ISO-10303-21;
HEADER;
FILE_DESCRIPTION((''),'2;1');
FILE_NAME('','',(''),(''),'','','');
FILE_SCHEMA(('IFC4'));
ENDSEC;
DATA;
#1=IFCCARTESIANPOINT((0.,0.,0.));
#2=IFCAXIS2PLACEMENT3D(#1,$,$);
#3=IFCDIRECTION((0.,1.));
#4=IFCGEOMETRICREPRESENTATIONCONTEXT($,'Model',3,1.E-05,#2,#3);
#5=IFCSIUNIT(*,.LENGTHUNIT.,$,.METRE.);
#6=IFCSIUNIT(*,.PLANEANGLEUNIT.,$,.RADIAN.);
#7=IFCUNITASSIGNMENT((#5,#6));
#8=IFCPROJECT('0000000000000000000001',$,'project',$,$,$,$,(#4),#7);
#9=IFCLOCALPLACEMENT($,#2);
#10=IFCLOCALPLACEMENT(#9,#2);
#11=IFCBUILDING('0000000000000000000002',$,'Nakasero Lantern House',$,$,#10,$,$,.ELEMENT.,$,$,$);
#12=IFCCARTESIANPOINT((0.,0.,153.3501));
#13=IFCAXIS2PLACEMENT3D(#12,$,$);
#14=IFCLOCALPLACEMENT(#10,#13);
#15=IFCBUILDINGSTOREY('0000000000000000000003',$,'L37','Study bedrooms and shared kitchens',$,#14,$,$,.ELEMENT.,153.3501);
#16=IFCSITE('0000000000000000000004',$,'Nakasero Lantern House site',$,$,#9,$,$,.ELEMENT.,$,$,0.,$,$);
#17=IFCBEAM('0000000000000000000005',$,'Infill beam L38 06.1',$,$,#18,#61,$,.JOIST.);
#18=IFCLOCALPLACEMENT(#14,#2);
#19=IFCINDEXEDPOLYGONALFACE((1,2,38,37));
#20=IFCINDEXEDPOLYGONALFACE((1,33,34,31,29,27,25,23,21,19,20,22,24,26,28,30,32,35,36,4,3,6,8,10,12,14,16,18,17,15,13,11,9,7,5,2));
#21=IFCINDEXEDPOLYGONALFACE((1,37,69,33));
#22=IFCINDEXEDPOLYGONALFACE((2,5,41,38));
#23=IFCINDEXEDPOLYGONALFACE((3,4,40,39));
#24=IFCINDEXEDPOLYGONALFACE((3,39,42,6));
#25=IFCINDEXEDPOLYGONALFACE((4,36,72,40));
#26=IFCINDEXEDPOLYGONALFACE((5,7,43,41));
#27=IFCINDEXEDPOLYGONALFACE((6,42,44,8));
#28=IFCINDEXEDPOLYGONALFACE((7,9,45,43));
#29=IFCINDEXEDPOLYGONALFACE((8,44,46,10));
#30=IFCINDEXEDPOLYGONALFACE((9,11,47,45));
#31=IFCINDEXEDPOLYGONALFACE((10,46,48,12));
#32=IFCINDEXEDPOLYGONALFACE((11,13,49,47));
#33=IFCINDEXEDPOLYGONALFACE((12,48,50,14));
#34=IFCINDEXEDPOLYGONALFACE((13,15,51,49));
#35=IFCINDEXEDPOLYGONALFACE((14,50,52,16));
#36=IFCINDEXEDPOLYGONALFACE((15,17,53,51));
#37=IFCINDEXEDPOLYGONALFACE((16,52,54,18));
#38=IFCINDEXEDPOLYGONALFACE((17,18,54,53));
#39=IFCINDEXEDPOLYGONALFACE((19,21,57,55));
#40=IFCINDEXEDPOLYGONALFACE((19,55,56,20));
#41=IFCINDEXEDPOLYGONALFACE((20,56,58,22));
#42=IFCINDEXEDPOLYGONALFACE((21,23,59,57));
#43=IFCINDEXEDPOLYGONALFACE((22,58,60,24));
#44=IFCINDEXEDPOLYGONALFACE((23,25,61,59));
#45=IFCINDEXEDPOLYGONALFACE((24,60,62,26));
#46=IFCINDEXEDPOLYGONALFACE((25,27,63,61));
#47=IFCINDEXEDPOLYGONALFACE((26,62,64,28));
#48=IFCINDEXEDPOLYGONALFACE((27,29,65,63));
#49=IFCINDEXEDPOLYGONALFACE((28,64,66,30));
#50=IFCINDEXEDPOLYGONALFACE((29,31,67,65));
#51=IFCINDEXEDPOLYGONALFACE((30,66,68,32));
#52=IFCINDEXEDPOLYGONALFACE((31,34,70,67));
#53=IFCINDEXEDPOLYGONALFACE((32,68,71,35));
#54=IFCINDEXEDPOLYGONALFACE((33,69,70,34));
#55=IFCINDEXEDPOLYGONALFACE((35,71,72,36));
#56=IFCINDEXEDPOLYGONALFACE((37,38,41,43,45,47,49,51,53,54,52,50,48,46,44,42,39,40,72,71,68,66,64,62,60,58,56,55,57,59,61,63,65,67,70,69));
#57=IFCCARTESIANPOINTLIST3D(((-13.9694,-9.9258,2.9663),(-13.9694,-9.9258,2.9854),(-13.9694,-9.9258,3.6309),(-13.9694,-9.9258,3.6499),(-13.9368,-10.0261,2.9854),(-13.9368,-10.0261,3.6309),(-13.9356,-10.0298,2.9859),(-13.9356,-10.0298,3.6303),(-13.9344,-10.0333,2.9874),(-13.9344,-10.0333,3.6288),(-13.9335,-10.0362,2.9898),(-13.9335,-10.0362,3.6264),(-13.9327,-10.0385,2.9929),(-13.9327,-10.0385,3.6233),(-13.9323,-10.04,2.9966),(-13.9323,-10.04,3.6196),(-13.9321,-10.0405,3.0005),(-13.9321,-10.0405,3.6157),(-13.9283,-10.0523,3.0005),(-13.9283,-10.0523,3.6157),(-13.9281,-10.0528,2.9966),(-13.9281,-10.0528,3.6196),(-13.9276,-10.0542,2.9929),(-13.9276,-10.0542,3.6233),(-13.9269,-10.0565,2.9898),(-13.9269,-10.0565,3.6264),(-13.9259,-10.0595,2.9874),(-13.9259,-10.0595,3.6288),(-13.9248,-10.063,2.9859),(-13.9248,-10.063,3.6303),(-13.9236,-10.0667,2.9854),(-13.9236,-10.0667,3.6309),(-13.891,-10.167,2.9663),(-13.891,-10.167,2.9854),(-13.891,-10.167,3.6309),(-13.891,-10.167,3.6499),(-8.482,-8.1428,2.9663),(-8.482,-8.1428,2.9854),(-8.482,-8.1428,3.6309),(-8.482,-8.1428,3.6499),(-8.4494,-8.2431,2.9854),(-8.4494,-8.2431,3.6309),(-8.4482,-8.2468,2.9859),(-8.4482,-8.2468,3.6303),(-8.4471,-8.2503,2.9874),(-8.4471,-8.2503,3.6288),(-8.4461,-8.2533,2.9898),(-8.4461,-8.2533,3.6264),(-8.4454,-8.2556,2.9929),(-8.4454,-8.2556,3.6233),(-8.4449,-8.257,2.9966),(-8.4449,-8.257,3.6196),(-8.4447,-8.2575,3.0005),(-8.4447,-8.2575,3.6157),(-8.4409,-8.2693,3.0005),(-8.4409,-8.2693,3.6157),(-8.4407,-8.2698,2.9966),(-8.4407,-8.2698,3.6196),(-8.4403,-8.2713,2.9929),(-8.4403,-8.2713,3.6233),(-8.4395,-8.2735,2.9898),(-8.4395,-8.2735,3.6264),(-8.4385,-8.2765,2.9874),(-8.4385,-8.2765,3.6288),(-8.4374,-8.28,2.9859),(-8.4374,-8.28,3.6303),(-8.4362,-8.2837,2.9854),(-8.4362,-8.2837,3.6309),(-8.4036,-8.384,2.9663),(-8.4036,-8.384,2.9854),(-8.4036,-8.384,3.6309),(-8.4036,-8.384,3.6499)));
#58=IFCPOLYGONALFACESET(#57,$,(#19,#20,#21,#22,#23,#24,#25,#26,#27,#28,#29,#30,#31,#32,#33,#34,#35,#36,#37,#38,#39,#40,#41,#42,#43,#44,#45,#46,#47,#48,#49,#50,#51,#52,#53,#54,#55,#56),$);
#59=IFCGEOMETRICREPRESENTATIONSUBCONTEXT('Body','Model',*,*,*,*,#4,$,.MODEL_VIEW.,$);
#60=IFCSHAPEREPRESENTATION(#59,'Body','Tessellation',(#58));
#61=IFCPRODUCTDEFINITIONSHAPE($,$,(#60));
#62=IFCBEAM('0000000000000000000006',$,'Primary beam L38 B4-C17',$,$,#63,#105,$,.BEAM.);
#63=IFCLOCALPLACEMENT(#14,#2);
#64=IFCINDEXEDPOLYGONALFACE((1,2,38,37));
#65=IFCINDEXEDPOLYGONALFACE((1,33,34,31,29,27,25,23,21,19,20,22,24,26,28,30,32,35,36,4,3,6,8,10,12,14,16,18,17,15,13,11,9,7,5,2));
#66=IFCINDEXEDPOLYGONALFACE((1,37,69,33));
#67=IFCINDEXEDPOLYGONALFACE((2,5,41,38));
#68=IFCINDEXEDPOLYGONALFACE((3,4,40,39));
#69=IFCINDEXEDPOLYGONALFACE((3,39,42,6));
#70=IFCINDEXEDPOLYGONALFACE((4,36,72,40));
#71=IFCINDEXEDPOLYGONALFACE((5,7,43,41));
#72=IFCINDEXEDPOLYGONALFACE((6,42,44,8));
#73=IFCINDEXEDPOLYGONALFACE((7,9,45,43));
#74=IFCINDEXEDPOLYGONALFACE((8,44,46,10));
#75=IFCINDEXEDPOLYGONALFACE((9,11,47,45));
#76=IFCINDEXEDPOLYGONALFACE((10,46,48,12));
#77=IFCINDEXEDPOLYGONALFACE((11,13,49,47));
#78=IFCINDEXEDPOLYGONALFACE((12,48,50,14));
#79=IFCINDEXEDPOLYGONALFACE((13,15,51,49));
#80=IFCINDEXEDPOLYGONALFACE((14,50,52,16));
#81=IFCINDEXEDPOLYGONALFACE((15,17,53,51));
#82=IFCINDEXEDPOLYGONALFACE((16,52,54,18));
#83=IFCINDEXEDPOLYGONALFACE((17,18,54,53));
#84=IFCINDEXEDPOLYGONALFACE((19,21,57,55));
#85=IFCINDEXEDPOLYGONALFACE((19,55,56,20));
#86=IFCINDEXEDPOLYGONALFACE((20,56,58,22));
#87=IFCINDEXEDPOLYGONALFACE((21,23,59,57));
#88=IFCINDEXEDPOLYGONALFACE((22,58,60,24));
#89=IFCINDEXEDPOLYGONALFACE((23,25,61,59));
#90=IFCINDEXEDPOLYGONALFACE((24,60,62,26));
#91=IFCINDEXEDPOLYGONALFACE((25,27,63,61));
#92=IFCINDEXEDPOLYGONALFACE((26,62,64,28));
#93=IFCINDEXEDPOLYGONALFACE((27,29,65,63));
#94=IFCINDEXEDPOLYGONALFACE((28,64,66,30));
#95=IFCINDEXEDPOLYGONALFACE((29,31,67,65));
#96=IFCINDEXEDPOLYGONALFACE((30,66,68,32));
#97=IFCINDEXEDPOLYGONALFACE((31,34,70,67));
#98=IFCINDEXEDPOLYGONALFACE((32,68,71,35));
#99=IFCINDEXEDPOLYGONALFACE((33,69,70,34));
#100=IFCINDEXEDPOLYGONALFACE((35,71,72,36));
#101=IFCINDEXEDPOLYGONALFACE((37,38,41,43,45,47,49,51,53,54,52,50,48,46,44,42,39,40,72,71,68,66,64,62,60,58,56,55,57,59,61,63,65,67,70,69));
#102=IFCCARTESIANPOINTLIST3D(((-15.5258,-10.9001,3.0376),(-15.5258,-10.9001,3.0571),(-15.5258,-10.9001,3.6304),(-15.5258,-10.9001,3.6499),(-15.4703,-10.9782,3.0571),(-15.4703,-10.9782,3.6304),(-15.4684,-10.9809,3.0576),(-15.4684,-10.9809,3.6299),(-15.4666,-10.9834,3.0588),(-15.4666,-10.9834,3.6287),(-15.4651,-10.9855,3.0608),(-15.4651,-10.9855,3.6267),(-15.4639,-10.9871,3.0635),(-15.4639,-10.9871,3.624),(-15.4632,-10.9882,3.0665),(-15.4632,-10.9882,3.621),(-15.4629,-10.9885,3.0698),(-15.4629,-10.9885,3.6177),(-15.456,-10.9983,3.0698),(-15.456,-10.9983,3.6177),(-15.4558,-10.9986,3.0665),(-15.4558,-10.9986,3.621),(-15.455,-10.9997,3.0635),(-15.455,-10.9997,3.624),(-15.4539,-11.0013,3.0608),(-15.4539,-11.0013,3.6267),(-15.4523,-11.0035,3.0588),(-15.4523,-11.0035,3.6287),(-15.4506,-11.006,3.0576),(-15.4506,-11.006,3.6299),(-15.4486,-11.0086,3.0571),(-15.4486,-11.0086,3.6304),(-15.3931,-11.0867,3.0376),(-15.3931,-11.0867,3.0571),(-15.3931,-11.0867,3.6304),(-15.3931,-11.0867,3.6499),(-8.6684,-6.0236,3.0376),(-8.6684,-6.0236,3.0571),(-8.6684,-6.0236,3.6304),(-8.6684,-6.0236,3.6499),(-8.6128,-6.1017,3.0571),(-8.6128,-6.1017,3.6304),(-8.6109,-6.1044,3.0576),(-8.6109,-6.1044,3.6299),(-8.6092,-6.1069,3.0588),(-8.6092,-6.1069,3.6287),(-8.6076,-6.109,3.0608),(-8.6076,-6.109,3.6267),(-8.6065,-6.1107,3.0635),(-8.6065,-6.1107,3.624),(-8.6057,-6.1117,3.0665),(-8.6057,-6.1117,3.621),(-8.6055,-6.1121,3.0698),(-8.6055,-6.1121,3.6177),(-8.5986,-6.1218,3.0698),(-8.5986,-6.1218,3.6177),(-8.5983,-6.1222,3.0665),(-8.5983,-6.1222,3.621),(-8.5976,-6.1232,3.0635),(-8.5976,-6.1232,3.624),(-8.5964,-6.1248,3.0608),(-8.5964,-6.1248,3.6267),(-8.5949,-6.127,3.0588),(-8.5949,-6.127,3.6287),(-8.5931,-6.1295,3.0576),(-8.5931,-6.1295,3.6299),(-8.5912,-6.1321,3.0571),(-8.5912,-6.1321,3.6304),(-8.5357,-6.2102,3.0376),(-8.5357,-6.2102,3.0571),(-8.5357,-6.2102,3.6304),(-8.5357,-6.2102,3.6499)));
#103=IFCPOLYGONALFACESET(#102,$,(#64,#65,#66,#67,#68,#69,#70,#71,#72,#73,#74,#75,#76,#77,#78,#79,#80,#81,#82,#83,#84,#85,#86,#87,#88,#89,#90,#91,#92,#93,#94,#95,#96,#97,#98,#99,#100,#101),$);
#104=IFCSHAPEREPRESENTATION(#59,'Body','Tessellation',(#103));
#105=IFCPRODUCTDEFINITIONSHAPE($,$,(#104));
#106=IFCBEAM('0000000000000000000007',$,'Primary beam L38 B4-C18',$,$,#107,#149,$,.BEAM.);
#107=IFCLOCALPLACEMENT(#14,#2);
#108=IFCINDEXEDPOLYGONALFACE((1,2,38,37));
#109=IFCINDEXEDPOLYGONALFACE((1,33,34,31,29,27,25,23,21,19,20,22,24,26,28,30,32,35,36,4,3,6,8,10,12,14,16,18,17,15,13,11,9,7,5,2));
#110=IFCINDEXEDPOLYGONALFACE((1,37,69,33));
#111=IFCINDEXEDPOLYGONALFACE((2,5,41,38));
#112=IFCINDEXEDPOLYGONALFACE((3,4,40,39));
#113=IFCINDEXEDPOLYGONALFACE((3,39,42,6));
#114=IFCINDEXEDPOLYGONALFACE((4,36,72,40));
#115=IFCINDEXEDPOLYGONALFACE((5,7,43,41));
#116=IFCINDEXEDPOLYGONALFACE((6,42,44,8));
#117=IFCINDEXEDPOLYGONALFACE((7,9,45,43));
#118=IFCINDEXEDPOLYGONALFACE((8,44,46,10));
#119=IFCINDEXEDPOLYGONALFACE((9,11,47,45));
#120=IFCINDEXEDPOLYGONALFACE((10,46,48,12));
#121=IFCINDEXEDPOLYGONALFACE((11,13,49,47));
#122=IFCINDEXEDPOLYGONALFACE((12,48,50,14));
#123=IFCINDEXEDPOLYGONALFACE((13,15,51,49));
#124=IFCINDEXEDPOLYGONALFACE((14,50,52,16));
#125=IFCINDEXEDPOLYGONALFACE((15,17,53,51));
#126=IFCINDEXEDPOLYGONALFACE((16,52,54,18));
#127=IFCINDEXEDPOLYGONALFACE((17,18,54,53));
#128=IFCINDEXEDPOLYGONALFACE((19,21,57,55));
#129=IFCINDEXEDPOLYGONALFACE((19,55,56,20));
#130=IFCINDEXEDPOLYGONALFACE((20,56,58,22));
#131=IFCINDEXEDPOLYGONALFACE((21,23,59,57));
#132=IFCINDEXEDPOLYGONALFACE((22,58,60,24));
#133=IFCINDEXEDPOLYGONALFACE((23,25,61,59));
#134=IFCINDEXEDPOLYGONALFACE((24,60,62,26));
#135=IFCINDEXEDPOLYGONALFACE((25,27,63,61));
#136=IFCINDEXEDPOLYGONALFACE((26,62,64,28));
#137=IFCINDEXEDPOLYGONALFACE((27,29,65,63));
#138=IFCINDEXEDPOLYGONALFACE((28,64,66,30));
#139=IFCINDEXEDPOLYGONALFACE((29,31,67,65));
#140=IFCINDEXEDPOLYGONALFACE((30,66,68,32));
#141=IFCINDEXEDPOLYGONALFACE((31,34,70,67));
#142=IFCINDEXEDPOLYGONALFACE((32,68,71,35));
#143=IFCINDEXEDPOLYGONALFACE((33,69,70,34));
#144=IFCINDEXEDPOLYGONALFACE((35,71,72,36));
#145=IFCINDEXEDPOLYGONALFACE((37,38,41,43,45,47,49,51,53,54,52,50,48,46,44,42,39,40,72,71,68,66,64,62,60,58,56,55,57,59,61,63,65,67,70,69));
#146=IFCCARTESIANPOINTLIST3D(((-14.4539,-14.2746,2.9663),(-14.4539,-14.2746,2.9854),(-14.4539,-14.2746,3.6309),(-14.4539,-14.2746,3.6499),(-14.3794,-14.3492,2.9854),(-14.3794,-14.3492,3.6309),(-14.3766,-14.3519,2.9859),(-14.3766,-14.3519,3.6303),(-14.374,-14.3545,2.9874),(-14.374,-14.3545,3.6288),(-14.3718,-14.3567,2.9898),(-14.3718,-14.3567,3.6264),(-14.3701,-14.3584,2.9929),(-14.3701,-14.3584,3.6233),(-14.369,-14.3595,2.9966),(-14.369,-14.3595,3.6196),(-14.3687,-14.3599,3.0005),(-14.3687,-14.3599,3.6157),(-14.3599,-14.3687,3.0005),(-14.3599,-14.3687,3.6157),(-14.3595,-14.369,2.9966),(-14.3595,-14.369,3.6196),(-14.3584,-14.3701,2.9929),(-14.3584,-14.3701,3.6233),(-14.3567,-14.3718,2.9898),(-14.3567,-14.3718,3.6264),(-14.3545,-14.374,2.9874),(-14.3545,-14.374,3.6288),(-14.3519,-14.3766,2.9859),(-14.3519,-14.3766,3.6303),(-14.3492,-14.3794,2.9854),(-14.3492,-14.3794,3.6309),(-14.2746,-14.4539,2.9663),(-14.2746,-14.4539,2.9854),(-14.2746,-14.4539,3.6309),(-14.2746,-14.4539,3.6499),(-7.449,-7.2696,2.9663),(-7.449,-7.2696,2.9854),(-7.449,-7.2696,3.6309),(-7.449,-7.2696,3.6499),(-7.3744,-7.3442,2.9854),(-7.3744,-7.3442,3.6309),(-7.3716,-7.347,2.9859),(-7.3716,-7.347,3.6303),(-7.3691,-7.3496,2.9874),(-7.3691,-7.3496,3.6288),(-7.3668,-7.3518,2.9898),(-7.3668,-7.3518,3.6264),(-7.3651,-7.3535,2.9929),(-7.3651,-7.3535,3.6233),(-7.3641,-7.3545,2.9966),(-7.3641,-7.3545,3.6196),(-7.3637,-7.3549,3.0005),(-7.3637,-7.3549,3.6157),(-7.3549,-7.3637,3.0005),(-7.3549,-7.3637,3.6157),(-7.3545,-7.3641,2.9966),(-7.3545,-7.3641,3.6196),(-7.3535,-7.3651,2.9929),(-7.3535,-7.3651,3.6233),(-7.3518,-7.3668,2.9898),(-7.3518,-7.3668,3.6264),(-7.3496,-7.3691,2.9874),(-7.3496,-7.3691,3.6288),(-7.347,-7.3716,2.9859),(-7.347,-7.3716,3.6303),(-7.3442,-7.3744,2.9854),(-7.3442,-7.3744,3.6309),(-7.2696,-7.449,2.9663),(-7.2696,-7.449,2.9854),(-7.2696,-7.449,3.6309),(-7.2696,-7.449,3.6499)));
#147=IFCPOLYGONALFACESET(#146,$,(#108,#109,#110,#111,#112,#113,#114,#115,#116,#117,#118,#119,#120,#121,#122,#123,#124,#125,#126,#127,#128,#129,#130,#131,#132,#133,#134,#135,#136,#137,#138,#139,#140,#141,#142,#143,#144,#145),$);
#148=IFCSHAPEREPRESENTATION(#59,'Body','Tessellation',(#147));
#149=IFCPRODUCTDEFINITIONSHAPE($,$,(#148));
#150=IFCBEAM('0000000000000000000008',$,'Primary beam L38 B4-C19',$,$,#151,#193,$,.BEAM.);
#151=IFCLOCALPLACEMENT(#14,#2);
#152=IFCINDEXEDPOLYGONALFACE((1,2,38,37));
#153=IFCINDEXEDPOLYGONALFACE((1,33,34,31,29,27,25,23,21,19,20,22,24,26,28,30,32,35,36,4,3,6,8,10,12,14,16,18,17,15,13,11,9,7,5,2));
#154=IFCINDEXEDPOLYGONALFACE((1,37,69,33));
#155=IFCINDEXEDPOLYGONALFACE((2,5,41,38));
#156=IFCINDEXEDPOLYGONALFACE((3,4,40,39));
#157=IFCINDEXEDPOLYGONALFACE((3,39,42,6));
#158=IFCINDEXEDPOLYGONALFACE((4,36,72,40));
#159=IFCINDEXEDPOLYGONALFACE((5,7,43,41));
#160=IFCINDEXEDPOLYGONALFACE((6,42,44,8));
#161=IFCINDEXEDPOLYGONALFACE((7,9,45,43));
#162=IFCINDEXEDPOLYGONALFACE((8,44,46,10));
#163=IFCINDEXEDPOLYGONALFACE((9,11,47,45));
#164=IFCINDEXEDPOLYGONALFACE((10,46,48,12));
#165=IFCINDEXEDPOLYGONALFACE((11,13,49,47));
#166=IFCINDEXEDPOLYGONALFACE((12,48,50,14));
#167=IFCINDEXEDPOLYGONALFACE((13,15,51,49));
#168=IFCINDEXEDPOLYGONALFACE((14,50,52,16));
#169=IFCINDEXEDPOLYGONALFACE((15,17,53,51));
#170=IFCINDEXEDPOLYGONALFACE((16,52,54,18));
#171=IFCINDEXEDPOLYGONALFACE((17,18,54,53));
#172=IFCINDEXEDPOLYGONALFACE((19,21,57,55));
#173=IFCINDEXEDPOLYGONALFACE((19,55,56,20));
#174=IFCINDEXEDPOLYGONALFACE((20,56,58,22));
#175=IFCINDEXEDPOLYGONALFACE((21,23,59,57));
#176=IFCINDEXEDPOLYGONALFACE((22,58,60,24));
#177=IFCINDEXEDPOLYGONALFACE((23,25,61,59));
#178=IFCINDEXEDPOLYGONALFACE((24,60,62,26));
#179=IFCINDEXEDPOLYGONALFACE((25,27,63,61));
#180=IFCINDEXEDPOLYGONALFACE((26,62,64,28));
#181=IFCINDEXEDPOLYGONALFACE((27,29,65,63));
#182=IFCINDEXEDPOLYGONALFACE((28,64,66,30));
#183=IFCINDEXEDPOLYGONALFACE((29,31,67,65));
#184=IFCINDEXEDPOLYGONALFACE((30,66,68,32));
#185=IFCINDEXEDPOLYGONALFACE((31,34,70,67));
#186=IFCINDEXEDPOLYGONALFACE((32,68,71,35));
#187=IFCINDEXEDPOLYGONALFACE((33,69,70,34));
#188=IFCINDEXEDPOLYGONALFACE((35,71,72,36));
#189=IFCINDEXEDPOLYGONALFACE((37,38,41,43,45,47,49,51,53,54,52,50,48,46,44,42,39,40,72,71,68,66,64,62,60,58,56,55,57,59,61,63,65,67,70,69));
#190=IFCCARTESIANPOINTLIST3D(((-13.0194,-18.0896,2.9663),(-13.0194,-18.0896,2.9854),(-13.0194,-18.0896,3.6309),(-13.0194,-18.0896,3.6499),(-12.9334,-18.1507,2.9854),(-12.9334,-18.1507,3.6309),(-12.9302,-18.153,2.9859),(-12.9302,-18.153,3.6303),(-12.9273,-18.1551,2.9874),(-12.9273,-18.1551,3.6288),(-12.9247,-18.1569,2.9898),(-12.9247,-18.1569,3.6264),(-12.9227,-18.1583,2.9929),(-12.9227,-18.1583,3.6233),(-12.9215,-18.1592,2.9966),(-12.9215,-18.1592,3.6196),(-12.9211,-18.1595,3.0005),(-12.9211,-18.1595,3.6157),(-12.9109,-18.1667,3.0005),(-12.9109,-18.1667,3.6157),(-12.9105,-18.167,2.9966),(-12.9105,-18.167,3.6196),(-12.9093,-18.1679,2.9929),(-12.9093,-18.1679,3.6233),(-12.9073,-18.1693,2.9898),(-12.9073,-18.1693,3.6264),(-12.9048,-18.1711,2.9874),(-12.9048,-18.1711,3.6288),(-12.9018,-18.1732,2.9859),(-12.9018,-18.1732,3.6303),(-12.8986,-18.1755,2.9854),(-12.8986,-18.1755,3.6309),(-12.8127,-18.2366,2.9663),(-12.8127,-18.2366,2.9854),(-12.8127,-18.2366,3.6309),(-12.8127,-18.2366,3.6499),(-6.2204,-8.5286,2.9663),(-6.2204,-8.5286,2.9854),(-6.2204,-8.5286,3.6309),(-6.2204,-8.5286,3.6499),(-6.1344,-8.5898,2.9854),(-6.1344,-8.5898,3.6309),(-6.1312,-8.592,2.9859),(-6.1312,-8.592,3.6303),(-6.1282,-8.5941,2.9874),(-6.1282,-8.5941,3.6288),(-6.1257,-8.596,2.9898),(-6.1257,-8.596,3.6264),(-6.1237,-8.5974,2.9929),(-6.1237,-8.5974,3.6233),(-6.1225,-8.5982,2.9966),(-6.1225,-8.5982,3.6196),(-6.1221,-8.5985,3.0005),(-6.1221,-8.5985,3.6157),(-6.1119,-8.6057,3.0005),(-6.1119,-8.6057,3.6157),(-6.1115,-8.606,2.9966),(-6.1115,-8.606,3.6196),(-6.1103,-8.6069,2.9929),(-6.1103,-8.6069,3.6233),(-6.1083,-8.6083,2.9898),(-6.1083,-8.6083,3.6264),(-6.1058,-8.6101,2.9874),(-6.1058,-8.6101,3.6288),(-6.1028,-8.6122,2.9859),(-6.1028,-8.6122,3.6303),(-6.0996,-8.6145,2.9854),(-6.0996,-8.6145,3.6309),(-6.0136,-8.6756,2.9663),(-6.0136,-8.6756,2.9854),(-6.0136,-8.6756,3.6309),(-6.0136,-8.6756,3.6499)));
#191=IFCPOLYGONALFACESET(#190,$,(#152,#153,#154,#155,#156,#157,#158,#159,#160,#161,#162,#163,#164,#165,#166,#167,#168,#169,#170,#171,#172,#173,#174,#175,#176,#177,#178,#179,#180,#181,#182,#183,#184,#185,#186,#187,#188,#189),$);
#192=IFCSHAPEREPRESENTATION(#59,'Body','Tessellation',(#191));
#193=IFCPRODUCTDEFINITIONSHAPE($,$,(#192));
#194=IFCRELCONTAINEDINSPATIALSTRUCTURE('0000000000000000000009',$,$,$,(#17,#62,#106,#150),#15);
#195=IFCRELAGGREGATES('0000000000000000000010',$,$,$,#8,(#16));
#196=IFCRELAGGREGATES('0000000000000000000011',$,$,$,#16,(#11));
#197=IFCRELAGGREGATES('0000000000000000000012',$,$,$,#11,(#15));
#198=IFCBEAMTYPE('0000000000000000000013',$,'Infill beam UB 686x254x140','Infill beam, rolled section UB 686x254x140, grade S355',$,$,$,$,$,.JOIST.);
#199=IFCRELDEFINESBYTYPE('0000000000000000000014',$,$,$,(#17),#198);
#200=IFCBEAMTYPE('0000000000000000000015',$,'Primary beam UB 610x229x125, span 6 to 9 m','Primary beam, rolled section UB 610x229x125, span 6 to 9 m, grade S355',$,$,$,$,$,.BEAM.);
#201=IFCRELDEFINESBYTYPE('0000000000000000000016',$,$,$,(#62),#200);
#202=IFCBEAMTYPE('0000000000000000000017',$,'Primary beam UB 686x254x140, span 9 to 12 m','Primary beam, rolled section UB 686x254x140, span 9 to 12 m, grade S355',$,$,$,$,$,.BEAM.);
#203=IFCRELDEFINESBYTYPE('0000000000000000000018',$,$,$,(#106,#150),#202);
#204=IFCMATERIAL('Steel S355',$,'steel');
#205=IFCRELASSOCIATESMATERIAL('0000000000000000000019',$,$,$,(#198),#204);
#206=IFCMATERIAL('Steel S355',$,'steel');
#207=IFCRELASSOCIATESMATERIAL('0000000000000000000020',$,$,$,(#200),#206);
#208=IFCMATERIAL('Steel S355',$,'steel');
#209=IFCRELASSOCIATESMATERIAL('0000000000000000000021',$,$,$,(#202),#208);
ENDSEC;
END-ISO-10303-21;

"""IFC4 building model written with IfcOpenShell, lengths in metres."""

from ifc_helpers import new_model, si_unit, direction, frame, origin, origin_2d, place, context, subcontext, project, spatial, i_section, extrude, material, material_profile, profile_set, type_object, element, save


model = new_model("IFC4")

# Units and contexts
model_context = context("Model", 3, precision=1e-05, world=origin(), true_north=direction((0.0, 1.0)))
body_context = subcontext(model_context, "Body", "Model", "MODEL_VIEW")
ifc_project = project(units=[si_unit("LENGTHUNIT", "METRE"), si_unit("PLANEANGLEUNIT", "RADIAN")], contexts=[model_context])

# Site, building, storey
site_placement = place(None, origin())
site = spatial("IfcSite", under=ifc_project, at=site_placement, Name="Nakasero Lantern House site", CompositionType="ELEMENT", RefElevation=0.0)
building_placement = place(site_placement, origin())
building = spatial("IfcBuilding", under=site, at=building_placement, Name="Nakasero Lantern House", CompositionType="ELEMENT")
storey_placement = place(building_placement, frame((0.0, 0.0, 153.3501)))
storey = spatial("IfcBuildingStorey", under=building, at=storey_placement, Name="L37", Description="Study bedrooms and shared kitchens", CompositionType="ELEMENT", Elevation=153.3501)

# Beams
ifc_material_1 = material(Name="Steel S355", Category="steel")
ifc_material_profile_1 = material_profile(ifc_material_1, i_section(OverallWidth=0.2537, OverallDepth=0.6836, WebThickness=0.0125, FlangeThickness=0.019, FilletRadius=0.0151, at=origin_2d()), Name="UB 686x254x140")
ifc_profile_set_1 = profile_set([ifc_material_profile_1], Name="Steel S355")
beam_type_1 = type_object("IfcBeamType", Name="Infill beam UB 686x254x140", Description="Infill beam, rolled section UB 686x254x140, grade S355", PredefinedType="JOIST", material=ifc_profile_set_1)
beam_1_placement = place(storey_placement, frame((-13.9302, -10.0464, 3.3081), z_axis=(0.951055, 0.309021, 0.0), x_axis=(-0.309021, 0.951055, 0.0)))
element("IfcBeam", 1, at=beam_1_placement, inside=storey, type_object=beam_type_1, Name="Infill beam L38 06.1", PredefinedType="JOIST", context=body_context, shape_type="SweptSolid", body=[
    extrude(i_section(OverallWidth=0.2537, OverallDepth=0.6836, WebThickness=0.0125, FlangeThickness=0.019, FilletRadius=0.0151, at=origin_2d()), origin(), (0.0, 0.0, 1.0), 5.7698),
])
ifc_material_2 = material(Name="Steel S355", Category="steel")
ifc_material_profile_2 = material_profile(ifc_material_2, i_section(OverallWidth=0.229, OverallDepth=0.6123, WebThickness=0.012, FlangeThickness=0.0195, FilletRadius=0.0127, at=origin_2d()), Name="UB 610x229x125")
ifc_profile_set_2 = profile_set([ifc_material_profile_2], Name="Steel S355")
beam_type_2 = type_object("IfcBeamType", Name="Primary beam UB 610x229x125, span 6 to 9 m", Description="Primary beam, rolled section UB 610x229x125, span 6 to 9 m, grade S355", PredefinedType="BEAM", material=ifc_profile_set_2)
beam_2_placement = place(storey_placement, frame((-15.4595, -10.9934, 3.3438), z_axis=(0.814951, 0.57953, 0.0), x_axis=(-0.57953, 0.814951, 0.0)))
element("IfcBeam", 2, at=beam_2_placement, inside=storey, type_object=beam_type_2, Name="Primary beam L38 B4-C17", PredefinedType="BEAM", context=body_context, shape_type="SweptSolid", body=[
    extrude(i_section(OverallWidth=0.229, OverallDepth=0.6123, WebThickness=0.012, FlangeThickness=0.0195, FilletRadius=0.0127, at=origin_2d()), origin(), (0.0, 0.0, 1.0), 8.4146),
])
ifc_material_3 = material(Name="Steel S355", Category="steel")
ifc_material_profile_3 = material_profile(ifc_material_3, i_section(OverallWidth=0.2537, OverallDepth=0.6836, WebThickness=0.0125, FlangeThickness=0.019, FilletRadius=0.0151, at=origin_2d()), Name="UB 686x254x140")
ifc_profile_set_3 = profile_set([ifc_material_profile_3], Name="Steel S355")
beam_type_3 = type_object("IfcBeamType", Name="Primary beam UB 686x254x140, span 9 to 12 m", Description="Primary beam, rolled section UB 686x254x140, span 9 to 12 m, grade S355", PredefinedType="BEAM", material=ifc_profile_set_3)
beam_3_placement = place(storey_placement, frame((-14.3643, -14.3643, 3.3081), z_axis=(0.707107, 0.707107, 0.0), x_axis=(-0.707107, 0.707107, 0.0)))
element("IfcBeam", 3, at=beam_3_placement, inside=storey, type_object=beam_type_3, Name="Primary beam L38 B4-C18", PredefinedType="BEAM", context=body_context, shape_type="SweptSolid", body=[
    extrude(i_section(OverallWidth=0.2537, OverallDepth=0.6836, WebThickness=0.0125, FlangeThickness=0.019, FilletRadius=0.0151, at=origin_2d()), origin(), (0.0, 0.0, 1.0), 9.9065),
])
beam_4_placement = place(storey_placement, frame((-12.916, -18.1631, 3.3081), z_axis=(0.57953, 0.814951, 0.0), x_axis=(-0.814951, 0.57953, 0.0)))
element("IfcBeam", 4, at=beam_4_placement, inside=storey, type_object=beam_type_3, Name="Primary beam L38 B4-C19", PredefinedType="BEAM", context=body_context, shape_type="SweptSolid", body=[
    extrude(i_section(OverallWidth=0.2537, OverallDepth=0.6836, WebThickness=0.0125, FlangeThickness=0.019, FilletRadius=0.0151, at=origin_2d()), origin(), (0.0, 0.0, 1.0), 11.7319),
])

save(model, "model.ifc")
